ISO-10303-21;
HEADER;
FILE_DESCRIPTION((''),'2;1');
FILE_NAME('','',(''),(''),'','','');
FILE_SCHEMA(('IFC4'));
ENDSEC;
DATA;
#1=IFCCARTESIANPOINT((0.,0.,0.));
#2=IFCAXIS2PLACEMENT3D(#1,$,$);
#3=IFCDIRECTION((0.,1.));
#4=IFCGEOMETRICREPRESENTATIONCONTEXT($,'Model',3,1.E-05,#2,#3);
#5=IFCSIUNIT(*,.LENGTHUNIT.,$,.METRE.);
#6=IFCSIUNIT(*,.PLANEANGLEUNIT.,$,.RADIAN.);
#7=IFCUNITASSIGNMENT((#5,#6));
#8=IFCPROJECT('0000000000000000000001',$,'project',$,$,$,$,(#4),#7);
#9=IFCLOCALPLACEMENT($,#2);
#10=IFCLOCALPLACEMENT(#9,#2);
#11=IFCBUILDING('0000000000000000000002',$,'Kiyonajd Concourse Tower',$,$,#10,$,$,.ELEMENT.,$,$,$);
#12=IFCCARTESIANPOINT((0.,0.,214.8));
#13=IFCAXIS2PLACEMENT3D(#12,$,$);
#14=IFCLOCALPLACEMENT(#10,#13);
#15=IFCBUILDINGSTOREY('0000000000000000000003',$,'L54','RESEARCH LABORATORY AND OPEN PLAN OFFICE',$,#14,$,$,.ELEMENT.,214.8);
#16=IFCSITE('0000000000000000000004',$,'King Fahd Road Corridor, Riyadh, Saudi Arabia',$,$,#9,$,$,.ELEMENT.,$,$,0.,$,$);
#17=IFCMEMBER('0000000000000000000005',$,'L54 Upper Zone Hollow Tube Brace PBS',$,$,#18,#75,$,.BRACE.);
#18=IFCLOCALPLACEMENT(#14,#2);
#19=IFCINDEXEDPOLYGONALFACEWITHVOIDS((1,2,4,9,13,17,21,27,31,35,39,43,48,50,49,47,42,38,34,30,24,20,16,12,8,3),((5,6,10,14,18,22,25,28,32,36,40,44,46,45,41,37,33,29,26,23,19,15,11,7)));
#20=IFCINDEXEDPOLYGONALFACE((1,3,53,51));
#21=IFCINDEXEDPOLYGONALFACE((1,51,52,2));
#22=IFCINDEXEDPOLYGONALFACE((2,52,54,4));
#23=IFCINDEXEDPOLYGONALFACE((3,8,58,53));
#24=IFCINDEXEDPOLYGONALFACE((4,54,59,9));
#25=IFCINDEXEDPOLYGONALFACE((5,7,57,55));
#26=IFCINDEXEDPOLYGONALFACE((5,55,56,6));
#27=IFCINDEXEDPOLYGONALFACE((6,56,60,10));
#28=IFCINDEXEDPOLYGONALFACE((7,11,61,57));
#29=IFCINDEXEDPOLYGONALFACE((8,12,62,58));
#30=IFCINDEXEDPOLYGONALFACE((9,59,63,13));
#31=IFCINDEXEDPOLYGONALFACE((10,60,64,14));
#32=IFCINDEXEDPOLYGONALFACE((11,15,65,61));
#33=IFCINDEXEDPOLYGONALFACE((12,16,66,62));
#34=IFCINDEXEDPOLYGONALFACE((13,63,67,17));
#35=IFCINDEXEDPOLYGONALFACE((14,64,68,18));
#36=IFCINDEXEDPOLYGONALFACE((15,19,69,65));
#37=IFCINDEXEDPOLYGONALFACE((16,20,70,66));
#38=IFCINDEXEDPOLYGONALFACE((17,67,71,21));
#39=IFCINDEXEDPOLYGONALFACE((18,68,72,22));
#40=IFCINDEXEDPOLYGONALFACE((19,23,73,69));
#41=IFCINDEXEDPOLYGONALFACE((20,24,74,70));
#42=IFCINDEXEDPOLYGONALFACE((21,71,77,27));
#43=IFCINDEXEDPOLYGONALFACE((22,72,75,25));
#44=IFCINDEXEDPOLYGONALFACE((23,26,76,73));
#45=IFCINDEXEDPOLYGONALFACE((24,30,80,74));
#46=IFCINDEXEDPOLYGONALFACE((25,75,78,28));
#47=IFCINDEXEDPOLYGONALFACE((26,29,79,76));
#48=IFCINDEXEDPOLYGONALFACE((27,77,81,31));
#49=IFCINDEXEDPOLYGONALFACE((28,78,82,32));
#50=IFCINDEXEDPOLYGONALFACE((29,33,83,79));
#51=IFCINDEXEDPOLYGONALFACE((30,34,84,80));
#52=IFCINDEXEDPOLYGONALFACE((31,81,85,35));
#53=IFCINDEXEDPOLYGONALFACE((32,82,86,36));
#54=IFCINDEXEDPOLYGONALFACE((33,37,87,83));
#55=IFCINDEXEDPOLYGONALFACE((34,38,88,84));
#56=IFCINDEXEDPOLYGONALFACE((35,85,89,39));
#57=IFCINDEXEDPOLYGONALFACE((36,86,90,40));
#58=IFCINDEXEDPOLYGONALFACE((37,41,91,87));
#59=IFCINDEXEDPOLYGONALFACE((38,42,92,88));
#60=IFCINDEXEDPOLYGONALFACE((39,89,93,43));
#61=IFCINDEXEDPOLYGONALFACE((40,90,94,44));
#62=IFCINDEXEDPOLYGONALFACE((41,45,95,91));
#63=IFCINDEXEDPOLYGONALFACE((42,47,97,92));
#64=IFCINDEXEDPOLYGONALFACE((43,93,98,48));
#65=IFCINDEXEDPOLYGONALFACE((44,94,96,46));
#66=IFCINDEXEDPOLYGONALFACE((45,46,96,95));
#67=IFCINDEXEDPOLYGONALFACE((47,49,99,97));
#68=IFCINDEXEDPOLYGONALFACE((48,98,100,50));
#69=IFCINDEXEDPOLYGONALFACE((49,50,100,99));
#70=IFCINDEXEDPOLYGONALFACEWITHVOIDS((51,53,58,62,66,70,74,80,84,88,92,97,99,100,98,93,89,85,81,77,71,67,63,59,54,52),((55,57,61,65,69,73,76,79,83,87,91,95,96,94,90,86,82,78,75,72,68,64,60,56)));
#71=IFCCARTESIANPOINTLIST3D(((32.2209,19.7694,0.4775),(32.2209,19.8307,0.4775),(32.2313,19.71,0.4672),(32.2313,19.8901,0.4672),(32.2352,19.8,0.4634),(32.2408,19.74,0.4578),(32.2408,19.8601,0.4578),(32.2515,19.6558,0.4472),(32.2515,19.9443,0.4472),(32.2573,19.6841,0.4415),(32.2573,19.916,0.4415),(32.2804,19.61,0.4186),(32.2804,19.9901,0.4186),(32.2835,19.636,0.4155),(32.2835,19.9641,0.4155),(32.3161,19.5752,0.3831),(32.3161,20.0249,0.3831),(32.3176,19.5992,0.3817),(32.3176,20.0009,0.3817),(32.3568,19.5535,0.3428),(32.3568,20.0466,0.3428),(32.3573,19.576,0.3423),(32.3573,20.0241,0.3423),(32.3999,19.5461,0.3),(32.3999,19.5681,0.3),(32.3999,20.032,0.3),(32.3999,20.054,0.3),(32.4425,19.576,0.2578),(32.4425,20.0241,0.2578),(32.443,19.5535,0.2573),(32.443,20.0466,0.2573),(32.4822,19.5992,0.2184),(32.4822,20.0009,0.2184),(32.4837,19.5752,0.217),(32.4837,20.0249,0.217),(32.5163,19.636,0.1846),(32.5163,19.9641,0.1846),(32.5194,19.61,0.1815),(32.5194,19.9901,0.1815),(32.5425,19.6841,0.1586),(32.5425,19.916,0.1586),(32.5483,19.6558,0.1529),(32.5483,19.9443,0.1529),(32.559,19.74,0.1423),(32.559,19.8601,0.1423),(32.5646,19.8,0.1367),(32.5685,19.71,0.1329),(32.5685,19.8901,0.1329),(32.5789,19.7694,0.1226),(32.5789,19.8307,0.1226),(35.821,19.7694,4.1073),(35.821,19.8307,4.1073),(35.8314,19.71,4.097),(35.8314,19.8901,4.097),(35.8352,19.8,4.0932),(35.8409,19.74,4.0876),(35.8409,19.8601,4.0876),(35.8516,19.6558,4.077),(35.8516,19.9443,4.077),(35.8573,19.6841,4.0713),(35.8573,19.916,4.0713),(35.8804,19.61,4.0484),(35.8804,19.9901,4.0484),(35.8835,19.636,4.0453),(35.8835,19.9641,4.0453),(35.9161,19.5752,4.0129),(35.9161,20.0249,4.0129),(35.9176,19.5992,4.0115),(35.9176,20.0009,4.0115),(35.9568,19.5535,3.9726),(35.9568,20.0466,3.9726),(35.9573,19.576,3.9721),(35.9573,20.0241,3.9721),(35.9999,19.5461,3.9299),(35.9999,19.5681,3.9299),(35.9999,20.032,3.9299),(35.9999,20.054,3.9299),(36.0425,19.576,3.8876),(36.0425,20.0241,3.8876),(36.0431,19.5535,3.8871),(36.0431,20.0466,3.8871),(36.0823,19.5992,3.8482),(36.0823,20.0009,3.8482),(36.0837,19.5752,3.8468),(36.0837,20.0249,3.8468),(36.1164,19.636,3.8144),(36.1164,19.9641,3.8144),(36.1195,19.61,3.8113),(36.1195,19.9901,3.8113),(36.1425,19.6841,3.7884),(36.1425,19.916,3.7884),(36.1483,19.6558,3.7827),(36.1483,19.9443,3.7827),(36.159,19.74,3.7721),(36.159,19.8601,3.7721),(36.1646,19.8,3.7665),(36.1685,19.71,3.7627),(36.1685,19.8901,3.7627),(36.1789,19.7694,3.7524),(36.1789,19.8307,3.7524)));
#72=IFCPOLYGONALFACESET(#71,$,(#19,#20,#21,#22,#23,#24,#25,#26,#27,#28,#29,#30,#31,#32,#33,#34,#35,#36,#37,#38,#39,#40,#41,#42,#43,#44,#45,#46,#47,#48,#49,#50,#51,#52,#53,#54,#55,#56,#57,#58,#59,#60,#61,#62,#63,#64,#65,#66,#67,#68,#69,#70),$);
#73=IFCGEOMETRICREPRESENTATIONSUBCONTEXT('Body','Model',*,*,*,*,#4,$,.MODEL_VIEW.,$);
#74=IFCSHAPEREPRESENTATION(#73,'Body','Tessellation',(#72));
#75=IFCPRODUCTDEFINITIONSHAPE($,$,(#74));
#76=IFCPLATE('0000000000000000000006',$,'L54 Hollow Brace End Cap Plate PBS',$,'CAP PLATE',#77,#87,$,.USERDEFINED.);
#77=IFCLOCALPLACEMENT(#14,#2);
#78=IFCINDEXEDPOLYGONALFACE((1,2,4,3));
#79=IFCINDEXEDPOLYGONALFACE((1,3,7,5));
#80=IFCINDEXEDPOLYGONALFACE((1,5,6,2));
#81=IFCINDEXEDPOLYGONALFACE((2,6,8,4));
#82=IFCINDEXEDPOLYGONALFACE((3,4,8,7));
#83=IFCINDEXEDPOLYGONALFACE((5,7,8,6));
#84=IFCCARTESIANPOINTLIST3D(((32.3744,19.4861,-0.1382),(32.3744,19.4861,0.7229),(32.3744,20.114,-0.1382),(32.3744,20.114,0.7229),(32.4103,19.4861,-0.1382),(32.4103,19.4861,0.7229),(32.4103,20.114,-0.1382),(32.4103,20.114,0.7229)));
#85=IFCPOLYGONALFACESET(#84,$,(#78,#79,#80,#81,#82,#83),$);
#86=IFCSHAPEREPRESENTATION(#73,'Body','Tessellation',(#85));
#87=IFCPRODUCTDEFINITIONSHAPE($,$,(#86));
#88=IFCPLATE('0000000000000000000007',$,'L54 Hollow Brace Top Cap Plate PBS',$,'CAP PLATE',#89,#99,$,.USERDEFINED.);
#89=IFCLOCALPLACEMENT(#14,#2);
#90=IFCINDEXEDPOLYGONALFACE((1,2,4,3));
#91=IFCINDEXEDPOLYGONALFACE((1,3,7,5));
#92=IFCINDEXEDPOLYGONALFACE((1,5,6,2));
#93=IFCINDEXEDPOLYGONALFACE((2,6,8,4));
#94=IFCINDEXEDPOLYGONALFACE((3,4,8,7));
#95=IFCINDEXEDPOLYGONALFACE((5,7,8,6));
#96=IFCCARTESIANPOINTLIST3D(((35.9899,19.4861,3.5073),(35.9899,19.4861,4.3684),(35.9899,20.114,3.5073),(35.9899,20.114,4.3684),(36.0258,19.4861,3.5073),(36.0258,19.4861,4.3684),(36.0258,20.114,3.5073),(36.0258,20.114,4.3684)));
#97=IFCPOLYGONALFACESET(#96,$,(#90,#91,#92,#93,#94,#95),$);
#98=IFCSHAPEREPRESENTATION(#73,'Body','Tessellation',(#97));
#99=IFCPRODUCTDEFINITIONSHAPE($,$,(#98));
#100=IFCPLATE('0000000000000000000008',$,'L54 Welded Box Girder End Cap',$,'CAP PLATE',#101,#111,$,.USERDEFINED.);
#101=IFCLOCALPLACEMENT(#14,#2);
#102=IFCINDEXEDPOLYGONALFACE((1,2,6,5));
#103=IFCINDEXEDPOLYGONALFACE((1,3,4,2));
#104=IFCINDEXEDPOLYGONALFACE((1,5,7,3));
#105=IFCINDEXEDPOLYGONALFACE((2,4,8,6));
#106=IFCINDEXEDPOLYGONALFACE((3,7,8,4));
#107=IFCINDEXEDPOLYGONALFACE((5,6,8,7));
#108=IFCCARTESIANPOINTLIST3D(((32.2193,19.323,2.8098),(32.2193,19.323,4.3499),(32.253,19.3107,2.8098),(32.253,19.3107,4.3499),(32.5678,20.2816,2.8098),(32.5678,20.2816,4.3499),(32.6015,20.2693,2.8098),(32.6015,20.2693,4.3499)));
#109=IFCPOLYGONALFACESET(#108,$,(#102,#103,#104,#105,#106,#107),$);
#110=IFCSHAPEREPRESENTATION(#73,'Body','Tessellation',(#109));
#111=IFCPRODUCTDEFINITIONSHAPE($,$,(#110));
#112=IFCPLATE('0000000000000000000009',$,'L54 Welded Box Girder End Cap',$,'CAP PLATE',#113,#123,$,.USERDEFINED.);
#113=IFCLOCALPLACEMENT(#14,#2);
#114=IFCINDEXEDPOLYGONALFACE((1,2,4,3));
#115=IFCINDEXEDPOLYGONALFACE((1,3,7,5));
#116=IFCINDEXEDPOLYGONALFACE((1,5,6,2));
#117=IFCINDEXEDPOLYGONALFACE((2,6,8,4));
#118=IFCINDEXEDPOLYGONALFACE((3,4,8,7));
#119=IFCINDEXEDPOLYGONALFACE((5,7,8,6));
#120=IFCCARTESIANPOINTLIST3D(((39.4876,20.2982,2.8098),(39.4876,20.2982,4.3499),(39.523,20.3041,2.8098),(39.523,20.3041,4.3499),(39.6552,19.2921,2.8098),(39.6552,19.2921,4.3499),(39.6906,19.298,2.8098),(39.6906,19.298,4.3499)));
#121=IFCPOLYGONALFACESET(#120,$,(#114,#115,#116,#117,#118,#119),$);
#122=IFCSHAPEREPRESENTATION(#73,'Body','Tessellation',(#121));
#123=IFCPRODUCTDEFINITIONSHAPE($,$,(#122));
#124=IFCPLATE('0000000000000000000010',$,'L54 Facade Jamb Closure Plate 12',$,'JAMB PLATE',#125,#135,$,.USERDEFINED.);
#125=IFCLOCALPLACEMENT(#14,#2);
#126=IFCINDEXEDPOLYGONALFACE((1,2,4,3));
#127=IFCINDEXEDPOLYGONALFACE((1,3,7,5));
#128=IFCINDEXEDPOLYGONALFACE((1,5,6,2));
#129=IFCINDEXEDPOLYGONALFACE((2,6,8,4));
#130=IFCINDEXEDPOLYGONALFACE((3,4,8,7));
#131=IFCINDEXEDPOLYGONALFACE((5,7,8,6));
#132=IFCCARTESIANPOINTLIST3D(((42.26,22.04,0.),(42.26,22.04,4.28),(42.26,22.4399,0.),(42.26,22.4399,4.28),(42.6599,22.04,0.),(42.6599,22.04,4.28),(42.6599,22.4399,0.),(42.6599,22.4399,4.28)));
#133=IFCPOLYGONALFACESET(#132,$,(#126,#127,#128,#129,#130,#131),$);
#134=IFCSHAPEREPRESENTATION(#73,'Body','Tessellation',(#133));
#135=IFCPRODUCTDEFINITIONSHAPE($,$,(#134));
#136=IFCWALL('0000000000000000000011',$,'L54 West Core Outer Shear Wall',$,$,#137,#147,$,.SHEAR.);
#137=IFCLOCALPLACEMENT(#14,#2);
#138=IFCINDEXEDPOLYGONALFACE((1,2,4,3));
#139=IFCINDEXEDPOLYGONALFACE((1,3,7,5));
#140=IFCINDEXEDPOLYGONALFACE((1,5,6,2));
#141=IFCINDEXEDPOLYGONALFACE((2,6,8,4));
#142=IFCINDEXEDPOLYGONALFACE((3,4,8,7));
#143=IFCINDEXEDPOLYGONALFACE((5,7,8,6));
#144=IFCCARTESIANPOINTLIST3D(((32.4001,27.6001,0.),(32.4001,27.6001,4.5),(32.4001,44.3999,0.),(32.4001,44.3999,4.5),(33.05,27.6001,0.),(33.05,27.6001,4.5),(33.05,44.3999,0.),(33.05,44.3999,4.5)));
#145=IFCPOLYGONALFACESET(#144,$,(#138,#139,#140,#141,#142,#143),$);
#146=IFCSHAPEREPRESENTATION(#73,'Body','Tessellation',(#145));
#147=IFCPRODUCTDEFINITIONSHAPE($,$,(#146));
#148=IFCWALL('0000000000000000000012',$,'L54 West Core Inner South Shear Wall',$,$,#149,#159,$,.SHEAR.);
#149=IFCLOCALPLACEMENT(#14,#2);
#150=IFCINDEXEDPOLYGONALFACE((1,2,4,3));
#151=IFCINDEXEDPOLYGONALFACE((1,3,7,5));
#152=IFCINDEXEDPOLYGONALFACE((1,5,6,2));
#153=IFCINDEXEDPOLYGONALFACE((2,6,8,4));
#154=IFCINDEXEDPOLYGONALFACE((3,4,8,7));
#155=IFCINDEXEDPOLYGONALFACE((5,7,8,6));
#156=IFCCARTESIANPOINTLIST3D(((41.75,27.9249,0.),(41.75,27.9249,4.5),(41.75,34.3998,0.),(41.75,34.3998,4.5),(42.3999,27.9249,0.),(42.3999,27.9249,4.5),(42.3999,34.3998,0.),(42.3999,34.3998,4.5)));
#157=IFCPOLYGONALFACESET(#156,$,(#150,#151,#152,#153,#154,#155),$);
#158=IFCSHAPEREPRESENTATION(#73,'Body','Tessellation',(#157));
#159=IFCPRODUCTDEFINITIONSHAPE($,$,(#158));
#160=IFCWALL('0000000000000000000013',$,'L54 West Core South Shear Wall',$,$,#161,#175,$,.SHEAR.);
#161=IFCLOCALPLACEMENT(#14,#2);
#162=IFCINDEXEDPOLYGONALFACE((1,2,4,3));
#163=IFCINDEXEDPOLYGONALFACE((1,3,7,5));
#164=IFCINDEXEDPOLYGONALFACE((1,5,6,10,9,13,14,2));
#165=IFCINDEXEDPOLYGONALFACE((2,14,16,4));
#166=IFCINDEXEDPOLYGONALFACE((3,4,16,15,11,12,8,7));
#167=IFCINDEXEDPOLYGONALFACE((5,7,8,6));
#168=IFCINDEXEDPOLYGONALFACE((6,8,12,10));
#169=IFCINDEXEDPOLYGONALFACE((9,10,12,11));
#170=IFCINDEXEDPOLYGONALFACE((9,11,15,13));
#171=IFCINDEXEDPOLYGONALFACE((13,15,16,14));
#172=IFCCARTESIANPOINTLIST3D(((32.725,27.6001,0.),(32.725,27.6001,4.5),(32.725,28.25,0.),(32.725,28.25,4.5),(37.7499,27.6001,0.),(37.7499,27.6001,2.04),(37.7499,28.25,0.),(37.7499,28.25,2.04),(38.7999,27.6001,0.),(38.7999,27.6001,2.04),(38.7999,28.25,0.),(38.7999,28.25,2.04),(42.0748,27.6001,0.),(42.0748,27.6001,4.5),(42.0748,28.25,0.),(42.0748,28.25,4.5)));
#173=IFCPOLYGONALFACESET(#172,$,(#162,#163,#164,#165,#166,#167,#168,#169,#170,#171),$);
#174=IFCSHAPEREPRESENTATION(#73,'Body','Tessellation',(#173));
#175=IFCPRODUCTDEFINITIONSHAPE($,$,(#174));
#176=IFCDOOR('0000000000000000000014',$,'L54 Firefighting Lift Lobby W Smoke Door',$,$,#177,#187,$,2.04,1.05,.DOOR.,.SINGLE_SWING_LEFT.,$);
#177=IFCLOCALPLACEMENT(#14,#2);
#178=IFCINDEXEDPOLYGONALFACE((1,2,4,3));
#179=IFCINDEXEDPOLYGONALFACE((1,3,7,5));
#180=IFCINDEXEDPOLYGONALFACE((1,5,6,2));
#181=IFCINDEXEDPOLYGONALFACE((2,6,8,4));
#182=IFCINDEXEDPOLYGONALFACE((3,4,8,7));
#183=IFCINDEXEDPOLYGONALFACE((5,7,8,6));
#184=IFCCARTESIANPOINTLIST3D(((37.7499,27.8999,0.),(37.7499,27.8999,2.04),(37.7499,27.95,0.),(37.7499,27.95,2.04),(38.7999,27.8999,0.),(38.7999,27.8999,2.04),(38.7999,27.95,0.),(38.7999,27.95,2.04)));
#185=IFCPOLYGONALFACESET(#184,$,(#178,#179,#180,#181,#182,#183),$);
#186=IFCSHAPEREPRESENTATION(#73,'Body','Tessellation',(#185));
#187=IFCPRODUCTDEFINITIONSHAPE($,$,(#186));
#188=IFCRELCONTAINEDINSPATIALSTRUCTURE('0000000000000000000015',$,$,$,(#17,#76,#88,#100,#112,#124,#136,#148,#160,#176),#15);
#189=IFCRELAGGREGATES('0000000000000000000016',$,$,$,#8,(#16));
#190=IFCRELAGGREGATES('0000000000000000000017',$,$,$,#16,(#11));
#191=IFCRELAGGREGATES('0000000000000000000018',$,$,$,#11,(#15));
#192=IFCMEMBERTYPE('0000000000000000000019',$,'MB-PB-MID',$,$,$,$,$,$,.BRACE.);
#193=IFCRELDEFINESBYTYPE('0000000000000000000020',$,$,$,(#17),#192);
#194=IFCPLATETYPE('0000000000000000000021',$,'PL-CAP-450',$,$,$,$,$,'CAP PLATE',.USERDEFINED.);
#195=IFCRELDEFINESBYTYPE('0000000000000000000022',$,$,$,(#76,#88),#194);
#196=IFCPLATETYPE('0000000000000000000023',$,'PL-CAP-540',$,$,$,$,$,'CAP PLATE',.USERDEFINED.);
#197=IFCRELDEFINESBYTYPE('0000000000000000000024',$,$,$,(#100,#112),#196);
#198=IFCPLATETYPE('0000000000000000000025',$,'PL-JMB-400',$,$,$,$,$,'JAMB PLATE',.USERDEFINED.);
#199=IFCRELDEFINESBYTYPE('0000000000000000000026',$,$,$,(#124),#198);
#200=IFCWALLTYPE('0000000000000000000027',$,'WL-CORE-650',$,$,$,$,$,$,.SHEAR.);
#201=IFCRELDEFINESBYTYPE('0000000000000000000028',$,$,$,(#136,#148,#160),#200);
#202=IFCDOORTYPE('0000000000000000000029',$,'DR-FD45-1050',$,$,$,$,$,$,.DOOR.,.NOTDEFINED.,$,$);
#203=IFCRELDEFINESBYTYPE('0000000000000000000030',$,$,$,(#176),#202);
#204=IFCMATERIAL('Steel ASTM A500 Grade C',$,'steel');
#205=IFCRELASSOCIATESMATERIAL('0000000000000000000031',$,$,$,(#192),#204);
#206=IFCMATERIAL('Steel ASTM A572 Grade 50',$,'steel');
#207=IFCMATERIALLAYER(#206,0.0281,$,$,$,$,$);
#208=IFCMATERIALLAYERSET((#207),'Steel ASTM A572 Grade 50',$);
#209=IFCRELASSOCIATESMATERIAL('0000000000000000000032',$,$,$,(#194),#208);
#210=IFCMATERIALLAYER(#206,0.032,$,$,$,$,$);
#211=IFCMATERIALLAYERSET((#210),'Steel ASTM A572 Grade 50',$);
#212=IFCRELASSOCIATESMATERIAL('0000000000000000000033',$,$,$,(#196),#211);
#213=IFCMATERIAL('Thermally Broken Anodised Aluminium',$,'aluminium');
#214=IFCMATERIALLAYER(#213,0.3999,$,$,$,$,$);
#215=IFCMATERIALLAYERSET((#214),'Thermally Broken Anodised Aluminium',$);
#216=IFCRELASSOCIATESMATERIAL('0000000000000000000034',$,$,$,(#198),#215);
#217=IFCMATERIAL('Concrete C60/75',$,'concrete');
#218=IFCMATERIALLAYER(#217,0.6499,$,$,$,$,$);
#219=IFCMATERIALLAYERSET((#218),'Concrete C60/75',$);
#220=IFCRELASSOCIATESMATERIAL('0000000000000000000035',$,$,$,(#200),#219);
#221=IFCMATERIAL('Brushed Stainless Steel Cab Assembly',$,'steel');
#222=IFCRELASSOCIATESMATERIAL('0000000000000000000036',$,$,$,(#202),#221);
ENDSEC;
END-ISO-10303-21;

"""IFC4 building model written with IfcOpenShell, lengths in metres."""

from ifc_helpers import new_model, si_unit, direction, frame, frame_2d, origin, origin_2d, place, context, subcontext, project, spatial, rectangle, hollow_circle, extrude, material, layer, layer_set, material_profile, profile_set, type_object, element, fill, save


model = new_model("IFC4")

# Units and contexts
model_context = context("Model", 3, precision=1e-05, world=origin(), true_north=direction((0.0, 1.0)))
body_context = subcontext(model_context, "Body", "Model", "MODEL_VIEW")
ifc_project = project(units=[si_unit("LENGTHUNIT", "METRE"), si_unit("PLANEANGLEUNIT", "RADIAN")], contexts=[model_context])

# Site, building, storey
site_placement = place(None, origin())
site = spatial("IfcSite", under=ifc_project, at=site_placement, Name="King Fahd Road Corridor, Riyadh, Saudi Arabia", CompositionType="ELEMENT", RefElevation=0.0)
building_placement = place(site_placement, origin())
building = spatial("IfcBuilding", under=site, at=building_placement, Name="Kiyonajd Concourse Tower", CompositionType="ELEMENT")
storey_placement = place(building_placement, frame((0.0, 0.0, 214.8)))
storey = spatial("IfcBuildingStorey", under=building, at=storey_placement, Name="L54", Description="RESEARCH LABORATORY AND OPEN PLAN OFFICE", CompositionType="ELEMENT", Elevation=214.8)

# Shared definitions
ifc_material_1 = material(Name="Concrete C60/75", Category="concrete")

# Shared definitions
ifc_material_2 = material(Name="Steel ASTM A572 Grade 50", Category="steel")

# Member
ifc_material_3 = material(Name="Steel ASTM A500 Grade C", Category="steel")
ifc_material_profile_1 = material_profile(ifc_material_3, hollow_circle(Radius=0.2539, WallThickness=0.022, at=origin_2d()), Name="CHS-508x22")
ifc_profile_set_1 = profile_set([ifc_material_profile_1], Name="Steel ASTM A500 Grade C")
member_type = type_object("IfcMemberType", Name="MB-PB-MID", PredefinedType="BRACE", material=ifc_profile_set_1)
member_placement = place(storey_placement, frame((32.3999, 19.8, 0.3), z_axis=(0.704188, 0.0, 0.710014), x_axis=(0.0, 1.0, 0.0)))
element("IfcMember", 1, at=member_placement, inside=storey, type_object=member_type, Name="L54 Upper Zone Hollow Tube Brace PBS", PredefinedType="BRACE", context=body_context, shape_type="SweptSolid", body=[
    extrude(hollow_circle(Radius=0.2539, WallThickness=0.022, at=origin_2d()), origin(), (0.0, 0.0, 1.0), 5.1123),
])

# Plates
ifc_layer_1 = layer(ifc_material_2, 0.0281)
ifc_layer_set_1 = layer_set([ifc_layer_1], Name="Steel ASTM A572 Grade 50")
plate_type_1 = type_object("IfcPlateType", Name="PL-CAP-450", ElementType="CAP PLATE", PredefinedType="USERDEFINED", material=ifc_layer_set_1)
for number, where, z_axis, x_axis, name in (
    (2, (32.3923, 19.8, -0.1382), (0.0, 0.0, 1.0), (-1.0, 0.0, 0.0), "L54 Hollow Brace End Cap Plate PBS"),
    (3, (36.0078, 19.8, 3.5073), (0.0, 0.0, 1.0), (1.0, 0.0, 0.0), "L54 Hollow Brace Top Cap Plate PBS"),
):
    element("IfcPlate", number, at=place(storey_placement, frame(where, z_axis=z_axis, x_axis=x_axis)), inside=storey, type_object=plate_type_1, Name=name, ObjectType="CAP PLATE", PredefinedType="USERDEFINED", context=body_context, shape_type="SweptSolid", body=[
        extrude(rectangle(XDim=0.0359, YDim=0.6279, at=origin_2d()), origin(), (0.0, 0.0, 1.0), 0.8611),
    ])
ifc_layer_2 = layer(ifc_material_2, 0.032)
ifc_layer_set_2 = layer_set([ifc_layer_2], Name="Steel ASTM A572 Grade 50")
plate_type_2 = type_object("IfcPlateType", Name="PL-CAP-540", ElementType="CAP PLATE", PredefinedType="USERDEFINED", material=ifc_layer_set_2)
for number, where, z_axis, x_axis, name in (
    (4, (32.4104, 19.7961, 2.8098), (0.0, 0.0, 1.0), (0.939812, -0.341692, 0.0), "L54 Welded Box Girder End Cap"),
    (5, (39.5891, 19.7981, 2.8098), (0.0, 0.0, 1.0), (-0.986401, -0.164359, 0.0), "L54 Welded Box Girder End Cap"),
):
    element("IfcPlate", number, at=place(storey_placement, frame(where, z_axis=z_axis, x_axis=x_axis)), inside=storey, type_object=plate_type_2, Name=name, ObjectType="CAP PLATE", PredefinedType="USERDEFINED", context=body_context, shape_type="SweptSolid", body=[
        extrude(rectangle(XDim=0.0359, YDim=1.02, at=origin_2d()), origin(), (0.0, 0.0, 1.0), 1.54),
    ])
ifc_material_4 = material(Name="Thermally Broken Anodised Aluminium", Category="aluminium")
ifc_layer_3 = layer(ifc_material_4, 0.3999)
ifc_layer_set_3 = layer_set([ifc_layer_3], Name="Thermally Broken Anodised Aluminium")
plate_type_3 = type_object("IfcPlateType", Name="PL-JMB-400", ElementType="JAMB PLATE", PredefinedType="USERDEFINED", material=ifc_layer_set_3)
plate_placement = place(storey_placement, frame((42.46, 22.24, 0.0), z_axis=(0.0, 0.0, 1.0), x_axis=(1.0, 0.0, 0.0)))
element("IfcPlate", 6, at=plate_placement, inside=storey, type_object=plate_type_3, Name="L54 Facade Jamb Closure Plate 12", ObjectType="JAMB PLATE", PredefinedType="USERDEFINED", context=body_context, shape_type="SweptSolid", body=[
    extrude(rectangle(XDim=0.3999, YDim=0.3999, at=origin_2d()), origin(), (0.0, 0.0, 1.0), 4.28),
])

# Walls
ifc_layer_4 = layer(ifc_material_1, 0.6499)
ifc_layer_set_4 = layer_set([ifc_layer_4], Name="Concrete C60/75")
wall_type_1 = type_object("IfcWallType", Name="WL-CORE-650", PredefinedType="SHEAR", material=ifc_layer_set_4)
wall_1_placement = place(storey_placement, frame((32.7251, 27.6001, 0.0), z_axis=(0.0, 0.0, 1.0), x_axis=(0.0, 1.0, 0.0)))
element("IfcWall", 7, at=wall_1_placement, inside=storey, type_object=wall_type_1, Name="L54 West Core Outer Shear Wall", PredefinedType="SHEAR", context=body_context, shape_type="SweptSolid", body=[
    extrude(rectangle(XDim=16.7998, YDim=0.6499, at=frame_2d((8.3999, 0.0))), origin(), (0.0, 0.0, 1.0), 4.5),
])
wall_2_placement = place(storey_placement, frame((42.075, 27.925, 0.0), z_axis=(0.0, 0.0, 1.0), x_axis=(0.0, 1.0, 0.0)))
element("IfcWall", 8, at=wall_2_placement, inside=storey, type_object=wall_type_1, Name="L54 West Core Inner South Shear Wall", PredefinedType="SHEAR", context=body_context, shape_type="SweptSolid", body=[
    extrude(rectangle(XDim=6.4749, YDim=0.6499, at=frame_2d((3.2373, 0.0))), origin(), (0.0, 0.0, 1.0), 4.5),
])

# Wall, opening, door
wall_3_placement = place(storey_placement, frame((32.7251, 27.925, 0.0), z_axis=(0.0, 0.0, 1.0), x_axis=(1.0, 0.0, 0.0)))
wall_3 = element("IfcWall", 9, at=wall_3_placement, inside=storey, type_object=wall_type_1, Name="L54 West Core South Shear Wall", PredefinedType="SHEAR", context=body_context, shape_type="SweptSolid", body=[
    extrude(rectangle(XDim=9.3499, YDim=0.6499, at=frame_2d((4.6748, 0.0))), origin(), (0.0, 0.0, 1.0), 4.5),
])
opening_placement = place(wall_3_placement, frame((5.0249, 0.0, 0.0)))
opening = element("IfcOpeningElement", 10, at=opening_placement, cuts=wall_3, PredefinedType="OPENING", context=body_context, shape_type="SweptSolid", body=[
    extrude(rectangle(XDim=1.05, YDim=2.04, at=frame_2d((0.5249, 1.02))), frame((0.0, 0.335, 0.0), z_axis=(0.0, -1.0, 0.0), x_axis=(1.0, 0.0, 0.0)), (0.0, 0.0, 1.0), 0.6699),
])
ifc_material_5 = material(Name="Brushed Stainless Steel Cab Assembly", Category="steel")
door_type = type_object("IfcDoorType", Name="DR-FD45-1050", OperationType="NOTDEFINED", PredefinedType="DOOR", material=ifc_material_5)
door_placement = place(opening_placement, origin())
door = element("IfcDoor", 11, at=door_placement, inside=storey, type_object=door_type, Name="L54 Firefighting Lift Lobby W Smoke Door", OperationType="SINGLE_SWING_LEFT", OverallHeight=2.04, OverallWidth=1.05, PredefinedType="DOOR", context=body_context, shape_type="SweptSolid", body=[
    extrude(rectangle(XDim=1.05, YDim=2.04, at=frame_2d((0.5249, 1.02))), frame((0.0, 0.0249, 0.0), z_axis=(0.0, -1.0, 0.0), x_axis=(1.0, 0.0, 0.0)), (0.0, 0.0, 1.0), 0.05),
])
fill(opening, door)

save(model, "model.ifc")
